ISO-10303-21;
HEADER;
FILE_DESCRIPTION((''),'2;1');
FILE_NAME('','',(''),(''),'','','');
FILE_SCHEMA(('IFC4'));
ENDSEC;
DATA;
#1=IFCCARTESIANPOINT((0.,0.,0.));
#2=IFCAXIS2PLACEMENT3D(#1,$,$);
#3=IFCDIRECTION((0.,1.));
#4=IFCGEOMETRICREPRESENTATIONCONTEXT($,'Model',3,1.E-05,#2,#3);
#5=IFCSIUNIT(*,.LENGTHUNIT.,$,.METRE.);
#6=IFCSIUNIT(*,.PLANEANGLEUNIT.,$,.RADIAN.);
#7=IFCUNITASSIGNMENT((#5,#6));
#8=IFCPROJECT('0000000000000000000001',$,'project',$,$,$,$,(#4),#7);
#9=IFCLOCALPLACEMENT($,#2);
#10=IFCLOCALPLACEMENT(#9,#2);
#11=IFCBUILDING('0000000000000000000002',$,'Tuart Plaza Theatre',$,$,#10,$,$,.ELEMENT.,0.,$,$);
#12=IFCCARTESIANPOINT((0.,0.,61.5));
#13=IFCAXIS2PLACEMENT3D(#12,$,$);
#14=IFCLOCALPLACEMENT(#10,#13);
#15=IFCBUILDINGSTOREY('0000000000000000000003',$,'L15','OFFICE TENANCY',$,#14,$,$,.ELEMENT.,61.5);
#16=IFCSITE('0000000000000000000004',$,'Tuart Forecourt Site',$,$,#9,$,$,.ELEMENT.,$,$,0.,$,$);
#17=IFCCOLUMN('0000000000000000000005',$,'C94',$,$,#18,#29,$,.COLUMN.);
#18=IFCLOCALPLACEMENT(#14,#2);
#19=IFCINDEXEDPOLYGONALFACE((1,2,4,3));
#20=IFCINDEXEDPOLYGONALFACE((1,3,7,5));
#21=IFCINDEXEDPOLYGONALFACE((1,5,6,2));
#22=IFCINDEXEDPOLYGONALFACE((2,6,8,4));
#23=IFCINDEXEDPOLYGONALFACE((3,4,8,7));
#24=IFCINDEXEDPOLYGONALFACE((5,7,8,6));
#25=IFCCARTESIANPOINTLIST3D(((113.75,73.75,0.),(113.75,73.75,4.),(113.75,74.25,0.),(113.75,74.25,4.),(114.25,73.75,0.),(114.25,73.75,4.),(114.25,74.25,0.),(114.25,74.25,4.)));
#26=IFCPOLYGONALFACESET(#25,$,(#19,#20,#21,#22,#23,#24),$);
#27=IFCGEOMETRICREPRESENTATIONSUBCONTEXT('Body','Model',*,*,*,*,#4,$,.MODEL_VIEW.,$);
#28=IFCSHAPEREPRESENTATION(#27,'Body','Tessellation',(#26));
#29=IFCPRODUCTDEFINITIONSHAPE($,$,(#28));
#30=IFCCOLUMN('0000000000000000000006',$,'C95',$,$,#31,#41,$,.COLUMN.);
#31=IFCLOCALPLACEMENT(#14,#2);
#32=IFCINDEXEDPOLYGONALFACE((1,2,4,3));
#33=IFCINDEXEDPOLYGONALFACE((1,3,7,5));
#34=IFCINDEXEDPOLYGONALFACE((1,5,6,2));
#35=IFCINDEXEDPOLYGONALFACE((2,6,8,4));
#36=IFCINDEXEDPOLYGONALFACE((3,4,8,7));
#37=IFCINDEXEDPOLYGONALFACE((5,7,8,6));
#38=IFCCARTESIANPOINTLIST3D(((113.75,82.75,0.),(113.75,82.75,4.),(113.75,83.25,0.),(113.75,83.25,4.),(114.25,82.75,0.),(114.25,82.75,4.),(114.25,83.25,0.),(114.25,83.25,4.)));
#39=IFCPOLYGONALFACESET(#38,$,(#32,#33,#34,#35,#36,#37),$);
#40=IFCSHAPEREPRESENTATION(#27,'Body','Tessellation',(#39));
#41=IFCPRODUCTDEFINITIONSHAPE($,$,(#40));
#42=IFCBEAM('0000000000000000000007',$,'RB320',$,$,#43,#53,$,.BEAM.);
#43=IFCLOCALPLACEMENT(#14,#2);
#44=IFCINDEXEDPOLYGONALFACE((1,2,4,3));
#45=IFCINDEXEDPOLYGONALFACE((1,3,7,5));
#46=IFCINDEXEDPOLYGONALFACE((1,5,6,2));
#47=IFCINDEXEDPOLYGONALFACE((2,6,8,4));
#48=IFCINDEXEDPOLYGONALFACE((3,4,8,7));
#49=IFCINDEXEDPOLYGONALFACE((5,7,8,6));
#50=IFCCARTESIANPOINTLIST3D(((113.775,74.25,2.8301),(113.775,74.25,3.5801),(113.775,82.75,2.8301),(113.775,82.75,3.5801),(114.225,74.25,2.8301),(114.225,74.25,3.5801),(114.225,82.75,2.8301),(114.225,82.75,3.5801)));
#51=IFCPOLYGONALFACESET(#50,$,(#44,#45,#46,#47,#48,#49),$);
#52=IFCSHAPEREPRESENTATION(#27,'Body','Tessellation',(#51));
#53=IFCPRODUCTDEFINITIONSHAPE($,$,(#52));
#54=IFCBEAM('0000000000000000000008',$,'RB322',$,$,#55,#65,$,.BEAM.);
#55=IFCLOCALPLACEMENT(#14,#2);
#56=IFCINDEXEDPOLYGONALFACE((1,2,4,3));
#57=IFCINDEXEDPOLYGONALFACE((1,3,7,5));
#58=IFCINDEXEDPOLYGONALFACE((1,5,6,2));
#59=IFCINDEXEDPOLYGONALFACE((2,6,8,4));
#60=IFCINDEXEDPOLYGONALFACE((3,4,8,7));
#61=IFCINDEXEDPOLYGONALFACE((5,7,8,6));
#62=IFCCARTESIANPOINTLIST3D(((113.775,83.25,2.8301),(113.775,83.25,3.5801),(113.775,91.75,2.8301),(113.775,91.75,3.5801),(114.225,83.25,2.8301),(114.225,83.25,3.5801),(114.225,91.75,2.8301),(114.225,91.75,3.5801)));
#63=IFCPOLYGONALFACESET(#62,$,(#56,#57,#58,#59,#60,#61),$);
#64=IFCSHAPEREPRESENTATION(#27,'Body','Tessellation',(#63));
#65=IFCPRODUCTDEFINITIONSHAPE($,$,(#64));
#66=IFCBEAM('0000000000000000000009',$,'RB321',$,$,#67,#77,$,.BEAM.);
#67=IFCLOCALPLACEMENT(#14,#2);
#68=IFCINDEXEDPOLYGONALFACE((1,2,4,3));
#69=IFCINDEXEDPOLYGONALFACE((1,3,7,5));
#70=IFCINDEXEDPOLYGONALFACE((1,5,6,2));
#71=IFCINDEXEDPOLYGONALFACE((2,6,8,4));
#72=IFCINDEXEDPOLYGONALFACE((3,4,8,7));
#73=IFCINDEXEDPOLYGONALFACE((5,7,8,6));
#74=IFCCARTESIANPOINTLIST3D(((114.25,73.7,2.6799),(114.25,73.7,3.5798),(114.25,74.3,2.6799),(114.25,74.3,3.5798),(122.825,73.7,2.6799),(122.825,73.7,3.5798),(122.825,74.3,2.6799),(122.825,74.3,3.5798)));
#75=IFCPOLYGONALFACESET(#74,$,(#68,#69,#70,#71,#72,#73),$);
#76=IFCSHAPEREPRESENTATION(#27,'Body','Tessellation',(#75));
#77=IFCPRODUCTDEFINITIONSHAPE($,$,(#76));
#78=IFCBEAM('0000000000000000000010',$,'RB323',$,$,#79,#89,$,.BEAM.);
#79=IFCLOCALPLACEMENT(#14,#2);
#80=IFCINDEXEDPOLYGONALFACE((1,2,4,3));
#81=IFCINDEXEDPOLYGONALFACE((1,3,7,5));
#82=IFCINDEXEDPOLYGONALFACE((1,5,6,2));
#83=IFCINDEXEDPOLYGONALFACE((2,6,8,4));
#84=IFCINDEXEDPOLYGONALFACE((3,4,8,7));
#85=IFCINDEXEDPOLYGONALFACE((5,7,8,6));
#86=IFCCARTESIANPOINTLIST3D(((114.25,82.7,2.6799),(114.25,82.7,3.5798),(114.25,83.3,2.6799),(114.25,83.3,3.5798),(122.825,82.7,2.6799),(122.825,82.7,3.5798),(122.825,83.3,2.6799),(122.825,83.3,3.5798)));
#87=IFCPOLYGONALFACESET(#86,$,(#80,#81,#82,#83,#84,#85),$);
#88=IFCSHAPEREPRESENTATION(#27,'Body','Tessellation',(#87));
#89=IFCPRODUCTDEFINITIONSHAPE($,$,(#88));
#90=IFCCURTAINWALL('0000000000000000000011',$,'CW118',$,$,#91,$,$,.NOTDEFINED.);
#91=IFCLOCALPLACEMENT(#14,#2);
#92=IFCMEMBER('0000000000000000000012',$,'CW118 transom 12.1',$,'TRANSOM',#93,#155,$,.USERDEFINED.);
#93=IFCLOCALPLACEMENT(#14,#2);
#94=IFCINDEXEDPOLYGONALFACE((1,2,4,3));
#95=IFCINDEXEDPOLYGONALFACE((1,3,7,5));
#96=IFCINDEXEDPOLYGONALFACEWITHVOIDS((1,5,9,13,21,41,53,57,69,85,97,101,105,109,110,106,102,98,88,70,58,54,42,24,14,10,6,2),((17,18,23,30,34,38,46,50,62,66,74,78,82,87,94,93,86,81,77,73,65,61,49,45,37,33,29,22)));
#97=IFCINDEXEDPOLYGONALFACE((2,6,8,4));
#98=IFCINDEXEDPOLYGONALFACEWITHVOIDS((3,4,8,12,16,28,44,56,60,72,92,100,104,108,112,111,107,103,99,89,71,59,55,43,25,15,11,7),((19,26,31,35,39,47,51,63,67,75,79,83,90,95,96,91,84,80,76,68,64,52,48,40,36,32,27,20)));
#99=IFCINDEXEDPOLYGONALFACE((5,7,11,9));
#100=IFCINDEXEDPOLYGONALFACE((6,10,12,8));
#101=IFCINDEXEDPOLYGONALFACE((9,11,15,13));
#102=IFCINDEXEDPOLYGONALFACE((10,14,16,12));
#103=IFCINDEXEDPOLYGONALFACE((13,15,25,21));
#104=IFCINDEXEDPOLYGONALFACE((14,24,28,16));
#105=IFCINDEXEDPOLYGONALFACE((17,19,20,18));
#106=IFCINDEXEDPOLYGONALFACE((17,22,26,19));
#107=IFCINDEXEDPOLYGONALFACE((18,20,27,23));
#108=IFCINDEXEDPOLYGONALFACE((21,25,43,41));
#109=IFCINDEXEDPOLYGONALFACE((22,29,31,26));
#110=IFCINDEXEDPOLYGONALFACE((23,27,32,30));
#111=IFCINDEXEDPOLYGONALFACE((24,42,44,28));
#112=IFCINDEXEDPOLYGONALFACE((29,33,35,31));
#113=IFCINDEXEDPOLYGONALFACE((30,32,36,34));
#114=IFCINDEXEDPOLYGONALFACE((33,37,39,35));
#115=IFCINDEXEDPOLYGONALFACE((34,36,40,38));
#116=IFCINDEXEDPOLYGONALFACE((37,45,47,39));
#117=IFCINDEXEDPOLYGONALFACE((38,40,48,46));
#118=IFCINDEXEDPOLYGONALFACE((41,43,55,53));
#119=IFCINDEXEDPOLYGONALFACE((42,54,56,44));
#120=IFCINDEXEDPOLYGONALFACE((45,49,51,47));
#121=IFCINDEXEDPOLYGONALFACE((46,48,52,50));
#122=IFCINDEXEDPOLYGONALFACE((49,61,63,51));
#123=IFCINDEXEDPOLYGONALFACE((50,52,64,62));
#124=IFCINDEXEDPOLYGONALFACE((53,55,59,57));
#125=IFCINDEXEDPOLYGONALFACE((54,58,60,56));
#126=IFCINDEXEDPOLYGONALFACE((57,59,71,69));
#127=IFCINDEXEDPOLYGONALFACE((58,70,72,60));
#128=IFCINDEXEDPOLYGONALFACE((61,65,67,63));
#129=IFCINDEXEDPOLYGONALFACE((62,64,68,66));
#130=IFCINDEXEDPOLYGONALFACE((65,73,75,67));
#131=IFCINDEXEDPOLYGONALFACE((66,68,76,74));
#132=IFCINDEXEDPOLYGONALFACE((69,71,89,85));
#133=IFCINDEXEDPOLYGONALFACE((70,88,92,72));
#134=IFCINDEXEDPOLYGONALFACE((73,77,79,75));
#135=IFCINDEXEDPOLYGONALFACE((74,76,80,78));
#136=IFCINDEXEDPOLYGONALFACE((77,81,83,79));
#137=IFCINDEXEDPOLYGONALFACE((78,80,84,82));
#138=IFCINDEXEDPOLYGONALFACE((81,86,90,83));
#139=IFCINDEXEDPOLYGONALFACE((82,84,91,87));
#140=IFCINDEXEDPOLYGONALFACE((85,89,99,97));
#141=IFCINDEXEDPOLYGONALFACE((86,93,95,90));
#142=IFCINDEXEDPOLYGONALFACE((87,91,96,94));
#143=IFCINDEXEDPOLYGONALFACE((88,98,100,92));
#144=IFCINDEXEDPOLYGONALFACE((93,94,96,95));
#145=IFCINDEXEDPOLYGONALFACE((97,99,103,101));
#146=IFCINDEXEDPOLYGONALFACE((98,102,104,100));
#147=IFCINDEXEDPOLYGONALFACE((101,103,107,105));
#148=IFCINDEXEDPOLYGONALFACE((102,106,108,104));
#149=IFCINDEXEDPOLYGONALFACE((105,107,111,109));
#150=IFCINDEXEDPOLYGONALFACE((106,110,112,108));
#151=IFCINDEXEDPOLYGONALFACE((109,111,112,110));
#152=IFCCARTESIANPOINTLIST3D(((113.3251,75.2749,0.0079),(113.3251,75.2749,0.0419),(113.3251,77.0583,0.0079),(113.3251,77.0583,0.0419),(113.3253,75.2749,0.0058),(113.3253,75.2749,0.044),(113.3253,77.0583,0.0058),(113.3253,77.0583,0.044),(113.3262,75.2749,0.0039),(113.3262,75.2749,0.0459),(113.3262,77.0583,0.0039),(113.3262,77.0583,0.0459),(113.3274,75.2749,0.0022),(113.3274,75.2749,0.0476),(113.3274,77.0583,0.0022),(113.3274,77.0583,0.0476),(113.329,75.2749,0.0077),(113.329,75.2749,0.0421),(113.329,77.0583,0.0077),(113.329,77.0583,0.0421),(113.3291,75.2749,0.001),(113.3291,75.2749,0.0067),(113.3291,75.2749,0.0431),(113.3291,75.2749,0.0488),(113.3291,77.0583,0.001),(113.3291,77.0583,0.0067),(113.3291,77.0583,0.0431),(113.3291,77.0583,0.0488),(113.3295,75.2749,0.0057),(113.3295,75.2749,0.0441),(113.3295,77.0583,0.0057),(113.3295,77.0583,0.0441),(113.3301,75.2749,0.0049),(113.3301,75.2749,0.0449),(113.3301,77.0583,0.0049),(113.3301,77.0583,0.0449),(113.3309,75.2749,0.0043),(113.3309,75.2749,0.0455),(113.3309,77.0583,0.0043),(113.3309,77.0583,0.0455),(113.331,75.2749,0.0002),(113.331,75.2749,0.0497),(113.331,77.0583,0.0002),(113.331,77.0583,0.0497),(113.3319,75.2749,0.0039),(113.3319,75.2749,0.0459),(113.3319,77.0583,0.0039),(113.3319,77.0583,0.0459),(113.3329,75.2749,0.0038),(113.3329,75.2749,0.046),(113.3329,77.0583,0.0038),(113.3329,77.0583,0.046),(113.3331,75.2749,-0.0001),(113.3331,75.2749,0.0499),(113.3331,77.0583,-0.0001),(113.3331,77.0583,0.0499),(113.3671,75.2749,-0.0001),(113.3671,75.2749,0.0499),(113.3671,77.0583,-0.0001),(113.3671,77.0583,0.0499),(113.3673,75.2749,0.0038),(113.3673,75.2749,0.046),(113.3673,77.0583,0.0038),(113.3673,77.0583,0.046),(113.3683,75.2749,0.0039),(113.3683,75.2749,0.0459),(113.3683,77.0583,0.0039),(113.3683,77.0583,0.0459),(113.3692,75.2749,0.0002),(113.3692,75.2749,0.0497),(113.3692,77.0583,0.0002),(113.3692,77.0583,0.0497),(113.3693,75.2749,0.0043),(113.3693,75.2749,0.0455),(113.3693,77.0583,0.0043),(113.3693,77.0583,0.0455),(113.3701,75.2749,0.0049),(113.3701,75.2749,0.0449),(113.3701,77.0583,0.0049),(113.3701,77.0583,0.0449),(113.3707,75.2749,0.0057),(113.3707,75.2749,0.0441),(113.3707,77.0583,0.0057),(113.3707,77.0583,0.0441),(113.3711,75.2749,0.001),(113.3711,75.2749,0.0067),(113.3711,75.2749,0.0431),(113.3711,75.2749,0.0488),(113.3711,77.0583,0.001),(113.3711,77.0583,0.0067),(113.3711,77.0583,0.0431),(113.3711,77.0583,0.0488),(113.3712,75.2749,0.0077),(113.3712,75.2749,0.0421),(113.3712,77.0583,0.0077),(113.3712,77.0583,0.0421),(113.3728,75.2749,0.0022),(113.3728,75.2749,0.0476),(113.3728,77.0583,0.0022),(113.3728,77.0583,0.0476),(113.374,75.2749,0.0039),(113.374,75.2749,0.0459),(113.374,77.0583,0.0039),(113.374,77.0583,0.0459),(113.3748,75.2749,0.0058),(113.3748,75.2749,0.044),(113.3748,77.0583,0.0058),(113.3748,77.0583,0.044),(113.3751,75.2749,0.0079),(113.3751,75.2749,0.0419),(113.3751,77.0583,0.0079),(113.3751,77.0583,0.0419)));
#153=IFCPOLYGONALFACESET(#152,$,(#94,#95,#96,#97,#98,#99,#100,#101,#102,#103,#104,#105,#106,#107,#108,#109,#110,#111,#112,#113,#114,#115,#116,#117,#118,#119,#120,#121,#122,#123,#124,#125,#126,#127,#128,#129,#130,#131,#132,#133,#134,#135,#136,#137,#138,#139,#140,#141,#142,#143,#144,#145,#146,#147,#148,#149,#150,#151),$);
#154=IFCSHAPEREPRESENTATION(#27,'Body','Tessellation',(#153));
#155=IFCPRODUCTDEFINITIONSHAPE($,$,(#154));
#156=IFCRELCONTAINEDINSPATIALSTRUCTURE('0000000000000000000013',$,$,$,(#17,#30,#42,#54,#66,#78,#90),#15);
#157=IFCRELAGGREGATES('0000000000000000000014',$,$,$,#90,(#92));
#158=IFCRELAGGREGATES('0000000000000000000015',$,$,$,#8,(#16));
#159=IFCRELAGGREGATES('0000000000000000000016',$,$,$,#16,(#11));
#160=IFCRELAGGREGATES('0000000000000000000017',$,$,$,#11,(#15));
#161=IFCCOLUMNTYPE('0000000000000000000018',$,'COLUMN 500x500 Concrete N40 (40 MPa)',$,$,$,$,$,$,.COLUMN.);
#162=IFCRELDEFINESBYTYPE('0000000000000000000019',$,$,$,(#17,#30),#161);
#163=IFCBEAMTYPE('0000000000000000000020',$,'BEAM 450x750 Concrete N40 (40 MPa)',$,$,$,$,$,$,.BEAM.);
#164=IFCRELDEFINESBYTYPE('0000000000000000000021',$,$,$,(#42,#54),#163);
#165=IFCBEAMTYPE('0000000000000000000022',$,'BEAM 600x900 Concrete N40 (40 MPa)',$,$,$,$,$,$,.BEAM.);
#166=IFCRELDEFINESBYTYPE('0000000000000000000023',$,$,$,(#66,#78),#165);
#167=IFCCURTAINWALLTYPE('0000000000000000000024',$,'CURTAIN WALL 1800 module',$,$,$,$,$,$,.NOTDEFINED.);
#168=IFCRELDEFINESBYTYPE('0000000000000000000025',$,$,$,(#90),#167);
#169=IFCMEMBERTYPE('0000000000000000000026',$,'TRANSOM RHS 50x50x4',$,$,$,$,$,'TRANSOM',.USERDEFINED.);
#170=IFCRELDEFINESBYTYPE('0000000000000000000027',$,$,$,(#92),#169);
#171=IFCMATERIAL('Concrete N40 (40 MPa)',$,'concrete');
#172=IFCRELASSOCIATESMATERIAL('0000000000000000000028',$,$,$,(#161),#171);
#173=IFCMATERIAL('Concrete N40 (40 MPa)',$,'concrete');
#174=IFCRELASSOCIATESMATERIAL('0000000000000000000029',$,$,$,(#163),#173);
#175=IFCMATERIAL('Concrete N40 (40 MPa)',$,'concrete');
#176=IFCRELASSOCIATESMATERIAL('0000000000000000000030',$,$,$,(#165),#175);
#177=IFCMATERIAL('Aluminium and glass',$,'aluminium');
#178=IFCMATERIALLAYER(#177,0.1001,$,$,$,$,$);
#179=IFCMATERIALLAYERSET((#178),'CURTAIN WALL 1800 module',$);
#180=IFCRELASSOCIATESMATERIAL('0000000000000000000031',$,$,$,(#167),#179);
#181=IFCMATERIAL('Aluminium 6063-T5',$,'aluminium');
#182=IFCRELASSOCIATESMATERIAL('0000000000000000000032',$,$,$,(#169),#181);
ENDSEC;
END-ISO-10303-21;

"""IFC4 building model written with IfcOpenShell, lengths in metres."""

from ifc_helpers import new_model, si_unit, direction, frame, origin, origin_2d, place, context, subcontext, project, spatial, rectangle, hollow_rectangle, extrude, material, layer, layer_set, material_profile, profile_set, type_object, element, aggregate, save


model = new_model("IFC4")

# Units and contexts
model_context = context("Model", 3, precision=1e-05, world=origin(), true_north=direction((0.0, 1.0)))
body_context = subcontext(model_context, "Body", "Model", "MODEL_VIEW")
ifc_project = project(units=[si_unit("LENGTHUNIT", "METRE"), si_unit("PLANEANGLEUNIT", "RADIAN")], contexts=[model_context])

# Site, building, storey
site_placement = place(None, origin())
site = spatial("IfcSite", under=ifc_project, at=site_placement, Name="Tuart Forecourt Site", CompositionType="ELEMENT", RefElevation=0.0)
building_placement = place(site_placement, origin())
building = spatial("IfcBuilding", under=site, at=building_placement, Name="Tuart Plaza Theatre", CompositionType="ELEMENT", ElevationOfRefHeight=0.0)
storey_placement = place(building_placement, frame((0.0, 0.0, 61.5)))
storey = spatial("IfcBuildingStorey", under=building, at=storey_placement, Name="L15", Description="OFFICE TENANCY", CompositionType="ELEMENT", Elevation=61.5)

# Columns
ifc_material_1 = material(Name="Concrete N40 (40 MPa)", Category="concrete")
ifc_material_profile_1 = material_profile(ifc_material_1, rectangle(XDim=0.5, YDim=0.5, at=origin_2d()), Name="COLUMN 500x500 Concrete N40 (40 MPa)")
ifc_profile_set_1 = profile_set([ifc_material_profile_1], Name="Concrete N40 (40 MPa)")
column_type = type_object("IfcColumnType", Name="COLUMN 500x500 Concrete N40 (40 MPa)", PredefinedType="COLUMN", material=ifc_profile_set_1)
for number, where, z_axis, x_axis, name in (
    (1, (114.0, 74.0, 0.0), (0.0, 0.0, 1.0), (1.0, 0.0, 0.0), "C94"),
    (2, (114.0, 83.0, 0.0), (0.0, 0.0, 1.0), (1.0, 0.0, 0.0), "C95"),
):
    element("IfcColumn", number, at=place(storey_placement, frame(where, z_axis=z_axis, x_axis=x_axis)), inside=storey, type_object=column_type, Name=name, PredefinedType="COLUMN", context=body_context, shape_type="SweptSolid", body=[
        extrude(rectangle(XDim=0.5, YDim=0.5, at=origin_2d()), origin(), (0.0, 0.0, 1.0), 4.0),
    ])

# Beams
ifc_material_2 = material(Name="Concrete N40 (40 MPa)", Category="concrete")
ifc_material_profile_2 = material_profile(ifc_material_2, rectangle(XDim=0.45, YDim=0.75, at=origin_2d()), Name="BEAM 450x750 Concrete N40 (40 MPa)")
ifc_profile_set_2 = profile_set([ifc_material_profile_2], Name="Concrete N40 (40 MPa)")
beam_type_1 = type_object("IfcBeamType", Name="BEAM 450x750 Concrete N40 (40 MPa)", PredefinedType="BEAM", material=ifc_profile_set_2)
for number, where, z_axis, x_axis, name in (
    (3, (114.0, 74.25, 3.2051), (0.0, 1.0, 0.0), (-1.0, 0.0, 0.0), "RB320"),
    (4, (114.0, 83.25, 3.2051), (0.0, 1.0, 0.0), (-1.0, 0.0, 0.0), "RB322"),
):
    element("IfcBeam", number, at=place(storey_placement, frame(where, z_axis=z_axis, x_axis=x_axis)), inside=storey, type_object=beam_type_1, Name=name, PredefinedType="BEAM", context=body_context, shape_type="SweptSolid", body=[
        extrude(rectangle(XDim=0.45, YDim=0.75, at=origin_2d()), origin(), (0.0, 0.0, 1.0), 8.5),
    ])
ifc_material_3 = material(Name="Concrete N40 (40 MPa)", Category="concrete")
ifc_material_profile_3 = material_profile(ifc_material_3, rectangle(XDim=0.6001, YDim=0.8999, at=origin_2d()), Name="BEAM 600x900 Concrete N40 (40 MPa)")
ifc_profile_set_3 = profile_set([ifc_material_profile_3], Name="Concrete N40 (40 MPa)")
beam_type_2 = type_object("IfcBeamType", Name="BEAM 600x900 Concrete N40 (40 MPa)", PredefinedType="BEAM", material=ifc_profile_set_3)
for number, where, z_axis, x_axis, name in (
    (5, (114.25, 74.0, 3.1299), (1.0, 0.0, 0.0), (0.0, 1.0, 0.0), "RB321"),
    (6, (114.25, 83.0, 3.1299), (1.0, 0.0, 0.0), (0.0, 1.0, 0.0), "RB323"),
):
    element("IfcBeam", number, at=place(storey_placement, frame(where, z_axis=z_axis, x_axis=x_axis)), inside=storey, type_object=beam_type_2, Name=name, PredefinedType="BEAM", context=body_context, shape_type="SweptSolid", body=[
        extrude(rectangle(XDim=0.6001, YDim=0.8999, at=origin_2d()), origin(), (0.0, 0.0, 1.0), 8.575),
    ])

# Curtain wall, member
ifc_material_4 = material(Name="Aluminium and glass", Category="aluminium")
ifc_layer_1 = layer(ifc_material_4, 0.1001)
ifc_layer_set_1 = layer_set([ifc_layer_1], Name="CURTAIN WALL 1800 module")
curtain_wall_type = type_object("IfcCurtainWallType", Name="CURTAIN WALL 1800 module", PredefinedType="NOTDEFINED", material=ifc_layer_set_1)
curtain_wall_placement = place(storey_placement, origin())
curtain_wall = element("IfcCurtainWall", 7, at=curtain_wall_placement, inside=storey, type_object=curtain_wall_type, Name="CW118", PredefinedType="NOTDEFINED")
ifc_material_5 = material(Name="Aluminium 6063-T5", Category="aluminium")
ifc_material_profile_4 = material_profile(ifc_material_5, hollow_rectangle(XDim=0.05, YDim=0.05, WallThickness=0.0039, InnerFilletRadius=0.0039, OuterFilletRadius=0.0081, at=origin_2d()), Name="RHS 50x50x4")
ifc_profile_set_4 = profile_set([ifc_material_profile_4], Name="Aluminium 6063-T5")
member_type = type_object("IfcMemberType", Name="TRANSOM RHS 50x50x4", ElementType="TRANSOM", PredefinedType="USERDEFINED", material=ifc_profile_set_4)
member_1_placement = place(storey_placement, frame((113.3501, 77.0583, 0.0249), z_axis=(0.0, -1.0, 0.0), x_axis=(1.0, 0.0, 0.0)))
member_1 = element("IfcMember", 8, at=member_1_placement, type_object=member_type, Name="CW118 transom 12.1", ObjectType="TRANSOM", PredefinedType="USERDEFINED", context=body_context, shape_type="SweptSolid", body=[
    extrude(hollow_rectangle(XDim=0.05, YDim=0.05, WallThickness=0.0039, InnerFilletRadius=0.0039, OuterFilletRadius=0.0081, at=origin_2d()), origin(), (0.0, 0.0, 1.0), 1.7834),
])
aggregate(curtain_wall, [member_1])

save(model, "model.ifc")
